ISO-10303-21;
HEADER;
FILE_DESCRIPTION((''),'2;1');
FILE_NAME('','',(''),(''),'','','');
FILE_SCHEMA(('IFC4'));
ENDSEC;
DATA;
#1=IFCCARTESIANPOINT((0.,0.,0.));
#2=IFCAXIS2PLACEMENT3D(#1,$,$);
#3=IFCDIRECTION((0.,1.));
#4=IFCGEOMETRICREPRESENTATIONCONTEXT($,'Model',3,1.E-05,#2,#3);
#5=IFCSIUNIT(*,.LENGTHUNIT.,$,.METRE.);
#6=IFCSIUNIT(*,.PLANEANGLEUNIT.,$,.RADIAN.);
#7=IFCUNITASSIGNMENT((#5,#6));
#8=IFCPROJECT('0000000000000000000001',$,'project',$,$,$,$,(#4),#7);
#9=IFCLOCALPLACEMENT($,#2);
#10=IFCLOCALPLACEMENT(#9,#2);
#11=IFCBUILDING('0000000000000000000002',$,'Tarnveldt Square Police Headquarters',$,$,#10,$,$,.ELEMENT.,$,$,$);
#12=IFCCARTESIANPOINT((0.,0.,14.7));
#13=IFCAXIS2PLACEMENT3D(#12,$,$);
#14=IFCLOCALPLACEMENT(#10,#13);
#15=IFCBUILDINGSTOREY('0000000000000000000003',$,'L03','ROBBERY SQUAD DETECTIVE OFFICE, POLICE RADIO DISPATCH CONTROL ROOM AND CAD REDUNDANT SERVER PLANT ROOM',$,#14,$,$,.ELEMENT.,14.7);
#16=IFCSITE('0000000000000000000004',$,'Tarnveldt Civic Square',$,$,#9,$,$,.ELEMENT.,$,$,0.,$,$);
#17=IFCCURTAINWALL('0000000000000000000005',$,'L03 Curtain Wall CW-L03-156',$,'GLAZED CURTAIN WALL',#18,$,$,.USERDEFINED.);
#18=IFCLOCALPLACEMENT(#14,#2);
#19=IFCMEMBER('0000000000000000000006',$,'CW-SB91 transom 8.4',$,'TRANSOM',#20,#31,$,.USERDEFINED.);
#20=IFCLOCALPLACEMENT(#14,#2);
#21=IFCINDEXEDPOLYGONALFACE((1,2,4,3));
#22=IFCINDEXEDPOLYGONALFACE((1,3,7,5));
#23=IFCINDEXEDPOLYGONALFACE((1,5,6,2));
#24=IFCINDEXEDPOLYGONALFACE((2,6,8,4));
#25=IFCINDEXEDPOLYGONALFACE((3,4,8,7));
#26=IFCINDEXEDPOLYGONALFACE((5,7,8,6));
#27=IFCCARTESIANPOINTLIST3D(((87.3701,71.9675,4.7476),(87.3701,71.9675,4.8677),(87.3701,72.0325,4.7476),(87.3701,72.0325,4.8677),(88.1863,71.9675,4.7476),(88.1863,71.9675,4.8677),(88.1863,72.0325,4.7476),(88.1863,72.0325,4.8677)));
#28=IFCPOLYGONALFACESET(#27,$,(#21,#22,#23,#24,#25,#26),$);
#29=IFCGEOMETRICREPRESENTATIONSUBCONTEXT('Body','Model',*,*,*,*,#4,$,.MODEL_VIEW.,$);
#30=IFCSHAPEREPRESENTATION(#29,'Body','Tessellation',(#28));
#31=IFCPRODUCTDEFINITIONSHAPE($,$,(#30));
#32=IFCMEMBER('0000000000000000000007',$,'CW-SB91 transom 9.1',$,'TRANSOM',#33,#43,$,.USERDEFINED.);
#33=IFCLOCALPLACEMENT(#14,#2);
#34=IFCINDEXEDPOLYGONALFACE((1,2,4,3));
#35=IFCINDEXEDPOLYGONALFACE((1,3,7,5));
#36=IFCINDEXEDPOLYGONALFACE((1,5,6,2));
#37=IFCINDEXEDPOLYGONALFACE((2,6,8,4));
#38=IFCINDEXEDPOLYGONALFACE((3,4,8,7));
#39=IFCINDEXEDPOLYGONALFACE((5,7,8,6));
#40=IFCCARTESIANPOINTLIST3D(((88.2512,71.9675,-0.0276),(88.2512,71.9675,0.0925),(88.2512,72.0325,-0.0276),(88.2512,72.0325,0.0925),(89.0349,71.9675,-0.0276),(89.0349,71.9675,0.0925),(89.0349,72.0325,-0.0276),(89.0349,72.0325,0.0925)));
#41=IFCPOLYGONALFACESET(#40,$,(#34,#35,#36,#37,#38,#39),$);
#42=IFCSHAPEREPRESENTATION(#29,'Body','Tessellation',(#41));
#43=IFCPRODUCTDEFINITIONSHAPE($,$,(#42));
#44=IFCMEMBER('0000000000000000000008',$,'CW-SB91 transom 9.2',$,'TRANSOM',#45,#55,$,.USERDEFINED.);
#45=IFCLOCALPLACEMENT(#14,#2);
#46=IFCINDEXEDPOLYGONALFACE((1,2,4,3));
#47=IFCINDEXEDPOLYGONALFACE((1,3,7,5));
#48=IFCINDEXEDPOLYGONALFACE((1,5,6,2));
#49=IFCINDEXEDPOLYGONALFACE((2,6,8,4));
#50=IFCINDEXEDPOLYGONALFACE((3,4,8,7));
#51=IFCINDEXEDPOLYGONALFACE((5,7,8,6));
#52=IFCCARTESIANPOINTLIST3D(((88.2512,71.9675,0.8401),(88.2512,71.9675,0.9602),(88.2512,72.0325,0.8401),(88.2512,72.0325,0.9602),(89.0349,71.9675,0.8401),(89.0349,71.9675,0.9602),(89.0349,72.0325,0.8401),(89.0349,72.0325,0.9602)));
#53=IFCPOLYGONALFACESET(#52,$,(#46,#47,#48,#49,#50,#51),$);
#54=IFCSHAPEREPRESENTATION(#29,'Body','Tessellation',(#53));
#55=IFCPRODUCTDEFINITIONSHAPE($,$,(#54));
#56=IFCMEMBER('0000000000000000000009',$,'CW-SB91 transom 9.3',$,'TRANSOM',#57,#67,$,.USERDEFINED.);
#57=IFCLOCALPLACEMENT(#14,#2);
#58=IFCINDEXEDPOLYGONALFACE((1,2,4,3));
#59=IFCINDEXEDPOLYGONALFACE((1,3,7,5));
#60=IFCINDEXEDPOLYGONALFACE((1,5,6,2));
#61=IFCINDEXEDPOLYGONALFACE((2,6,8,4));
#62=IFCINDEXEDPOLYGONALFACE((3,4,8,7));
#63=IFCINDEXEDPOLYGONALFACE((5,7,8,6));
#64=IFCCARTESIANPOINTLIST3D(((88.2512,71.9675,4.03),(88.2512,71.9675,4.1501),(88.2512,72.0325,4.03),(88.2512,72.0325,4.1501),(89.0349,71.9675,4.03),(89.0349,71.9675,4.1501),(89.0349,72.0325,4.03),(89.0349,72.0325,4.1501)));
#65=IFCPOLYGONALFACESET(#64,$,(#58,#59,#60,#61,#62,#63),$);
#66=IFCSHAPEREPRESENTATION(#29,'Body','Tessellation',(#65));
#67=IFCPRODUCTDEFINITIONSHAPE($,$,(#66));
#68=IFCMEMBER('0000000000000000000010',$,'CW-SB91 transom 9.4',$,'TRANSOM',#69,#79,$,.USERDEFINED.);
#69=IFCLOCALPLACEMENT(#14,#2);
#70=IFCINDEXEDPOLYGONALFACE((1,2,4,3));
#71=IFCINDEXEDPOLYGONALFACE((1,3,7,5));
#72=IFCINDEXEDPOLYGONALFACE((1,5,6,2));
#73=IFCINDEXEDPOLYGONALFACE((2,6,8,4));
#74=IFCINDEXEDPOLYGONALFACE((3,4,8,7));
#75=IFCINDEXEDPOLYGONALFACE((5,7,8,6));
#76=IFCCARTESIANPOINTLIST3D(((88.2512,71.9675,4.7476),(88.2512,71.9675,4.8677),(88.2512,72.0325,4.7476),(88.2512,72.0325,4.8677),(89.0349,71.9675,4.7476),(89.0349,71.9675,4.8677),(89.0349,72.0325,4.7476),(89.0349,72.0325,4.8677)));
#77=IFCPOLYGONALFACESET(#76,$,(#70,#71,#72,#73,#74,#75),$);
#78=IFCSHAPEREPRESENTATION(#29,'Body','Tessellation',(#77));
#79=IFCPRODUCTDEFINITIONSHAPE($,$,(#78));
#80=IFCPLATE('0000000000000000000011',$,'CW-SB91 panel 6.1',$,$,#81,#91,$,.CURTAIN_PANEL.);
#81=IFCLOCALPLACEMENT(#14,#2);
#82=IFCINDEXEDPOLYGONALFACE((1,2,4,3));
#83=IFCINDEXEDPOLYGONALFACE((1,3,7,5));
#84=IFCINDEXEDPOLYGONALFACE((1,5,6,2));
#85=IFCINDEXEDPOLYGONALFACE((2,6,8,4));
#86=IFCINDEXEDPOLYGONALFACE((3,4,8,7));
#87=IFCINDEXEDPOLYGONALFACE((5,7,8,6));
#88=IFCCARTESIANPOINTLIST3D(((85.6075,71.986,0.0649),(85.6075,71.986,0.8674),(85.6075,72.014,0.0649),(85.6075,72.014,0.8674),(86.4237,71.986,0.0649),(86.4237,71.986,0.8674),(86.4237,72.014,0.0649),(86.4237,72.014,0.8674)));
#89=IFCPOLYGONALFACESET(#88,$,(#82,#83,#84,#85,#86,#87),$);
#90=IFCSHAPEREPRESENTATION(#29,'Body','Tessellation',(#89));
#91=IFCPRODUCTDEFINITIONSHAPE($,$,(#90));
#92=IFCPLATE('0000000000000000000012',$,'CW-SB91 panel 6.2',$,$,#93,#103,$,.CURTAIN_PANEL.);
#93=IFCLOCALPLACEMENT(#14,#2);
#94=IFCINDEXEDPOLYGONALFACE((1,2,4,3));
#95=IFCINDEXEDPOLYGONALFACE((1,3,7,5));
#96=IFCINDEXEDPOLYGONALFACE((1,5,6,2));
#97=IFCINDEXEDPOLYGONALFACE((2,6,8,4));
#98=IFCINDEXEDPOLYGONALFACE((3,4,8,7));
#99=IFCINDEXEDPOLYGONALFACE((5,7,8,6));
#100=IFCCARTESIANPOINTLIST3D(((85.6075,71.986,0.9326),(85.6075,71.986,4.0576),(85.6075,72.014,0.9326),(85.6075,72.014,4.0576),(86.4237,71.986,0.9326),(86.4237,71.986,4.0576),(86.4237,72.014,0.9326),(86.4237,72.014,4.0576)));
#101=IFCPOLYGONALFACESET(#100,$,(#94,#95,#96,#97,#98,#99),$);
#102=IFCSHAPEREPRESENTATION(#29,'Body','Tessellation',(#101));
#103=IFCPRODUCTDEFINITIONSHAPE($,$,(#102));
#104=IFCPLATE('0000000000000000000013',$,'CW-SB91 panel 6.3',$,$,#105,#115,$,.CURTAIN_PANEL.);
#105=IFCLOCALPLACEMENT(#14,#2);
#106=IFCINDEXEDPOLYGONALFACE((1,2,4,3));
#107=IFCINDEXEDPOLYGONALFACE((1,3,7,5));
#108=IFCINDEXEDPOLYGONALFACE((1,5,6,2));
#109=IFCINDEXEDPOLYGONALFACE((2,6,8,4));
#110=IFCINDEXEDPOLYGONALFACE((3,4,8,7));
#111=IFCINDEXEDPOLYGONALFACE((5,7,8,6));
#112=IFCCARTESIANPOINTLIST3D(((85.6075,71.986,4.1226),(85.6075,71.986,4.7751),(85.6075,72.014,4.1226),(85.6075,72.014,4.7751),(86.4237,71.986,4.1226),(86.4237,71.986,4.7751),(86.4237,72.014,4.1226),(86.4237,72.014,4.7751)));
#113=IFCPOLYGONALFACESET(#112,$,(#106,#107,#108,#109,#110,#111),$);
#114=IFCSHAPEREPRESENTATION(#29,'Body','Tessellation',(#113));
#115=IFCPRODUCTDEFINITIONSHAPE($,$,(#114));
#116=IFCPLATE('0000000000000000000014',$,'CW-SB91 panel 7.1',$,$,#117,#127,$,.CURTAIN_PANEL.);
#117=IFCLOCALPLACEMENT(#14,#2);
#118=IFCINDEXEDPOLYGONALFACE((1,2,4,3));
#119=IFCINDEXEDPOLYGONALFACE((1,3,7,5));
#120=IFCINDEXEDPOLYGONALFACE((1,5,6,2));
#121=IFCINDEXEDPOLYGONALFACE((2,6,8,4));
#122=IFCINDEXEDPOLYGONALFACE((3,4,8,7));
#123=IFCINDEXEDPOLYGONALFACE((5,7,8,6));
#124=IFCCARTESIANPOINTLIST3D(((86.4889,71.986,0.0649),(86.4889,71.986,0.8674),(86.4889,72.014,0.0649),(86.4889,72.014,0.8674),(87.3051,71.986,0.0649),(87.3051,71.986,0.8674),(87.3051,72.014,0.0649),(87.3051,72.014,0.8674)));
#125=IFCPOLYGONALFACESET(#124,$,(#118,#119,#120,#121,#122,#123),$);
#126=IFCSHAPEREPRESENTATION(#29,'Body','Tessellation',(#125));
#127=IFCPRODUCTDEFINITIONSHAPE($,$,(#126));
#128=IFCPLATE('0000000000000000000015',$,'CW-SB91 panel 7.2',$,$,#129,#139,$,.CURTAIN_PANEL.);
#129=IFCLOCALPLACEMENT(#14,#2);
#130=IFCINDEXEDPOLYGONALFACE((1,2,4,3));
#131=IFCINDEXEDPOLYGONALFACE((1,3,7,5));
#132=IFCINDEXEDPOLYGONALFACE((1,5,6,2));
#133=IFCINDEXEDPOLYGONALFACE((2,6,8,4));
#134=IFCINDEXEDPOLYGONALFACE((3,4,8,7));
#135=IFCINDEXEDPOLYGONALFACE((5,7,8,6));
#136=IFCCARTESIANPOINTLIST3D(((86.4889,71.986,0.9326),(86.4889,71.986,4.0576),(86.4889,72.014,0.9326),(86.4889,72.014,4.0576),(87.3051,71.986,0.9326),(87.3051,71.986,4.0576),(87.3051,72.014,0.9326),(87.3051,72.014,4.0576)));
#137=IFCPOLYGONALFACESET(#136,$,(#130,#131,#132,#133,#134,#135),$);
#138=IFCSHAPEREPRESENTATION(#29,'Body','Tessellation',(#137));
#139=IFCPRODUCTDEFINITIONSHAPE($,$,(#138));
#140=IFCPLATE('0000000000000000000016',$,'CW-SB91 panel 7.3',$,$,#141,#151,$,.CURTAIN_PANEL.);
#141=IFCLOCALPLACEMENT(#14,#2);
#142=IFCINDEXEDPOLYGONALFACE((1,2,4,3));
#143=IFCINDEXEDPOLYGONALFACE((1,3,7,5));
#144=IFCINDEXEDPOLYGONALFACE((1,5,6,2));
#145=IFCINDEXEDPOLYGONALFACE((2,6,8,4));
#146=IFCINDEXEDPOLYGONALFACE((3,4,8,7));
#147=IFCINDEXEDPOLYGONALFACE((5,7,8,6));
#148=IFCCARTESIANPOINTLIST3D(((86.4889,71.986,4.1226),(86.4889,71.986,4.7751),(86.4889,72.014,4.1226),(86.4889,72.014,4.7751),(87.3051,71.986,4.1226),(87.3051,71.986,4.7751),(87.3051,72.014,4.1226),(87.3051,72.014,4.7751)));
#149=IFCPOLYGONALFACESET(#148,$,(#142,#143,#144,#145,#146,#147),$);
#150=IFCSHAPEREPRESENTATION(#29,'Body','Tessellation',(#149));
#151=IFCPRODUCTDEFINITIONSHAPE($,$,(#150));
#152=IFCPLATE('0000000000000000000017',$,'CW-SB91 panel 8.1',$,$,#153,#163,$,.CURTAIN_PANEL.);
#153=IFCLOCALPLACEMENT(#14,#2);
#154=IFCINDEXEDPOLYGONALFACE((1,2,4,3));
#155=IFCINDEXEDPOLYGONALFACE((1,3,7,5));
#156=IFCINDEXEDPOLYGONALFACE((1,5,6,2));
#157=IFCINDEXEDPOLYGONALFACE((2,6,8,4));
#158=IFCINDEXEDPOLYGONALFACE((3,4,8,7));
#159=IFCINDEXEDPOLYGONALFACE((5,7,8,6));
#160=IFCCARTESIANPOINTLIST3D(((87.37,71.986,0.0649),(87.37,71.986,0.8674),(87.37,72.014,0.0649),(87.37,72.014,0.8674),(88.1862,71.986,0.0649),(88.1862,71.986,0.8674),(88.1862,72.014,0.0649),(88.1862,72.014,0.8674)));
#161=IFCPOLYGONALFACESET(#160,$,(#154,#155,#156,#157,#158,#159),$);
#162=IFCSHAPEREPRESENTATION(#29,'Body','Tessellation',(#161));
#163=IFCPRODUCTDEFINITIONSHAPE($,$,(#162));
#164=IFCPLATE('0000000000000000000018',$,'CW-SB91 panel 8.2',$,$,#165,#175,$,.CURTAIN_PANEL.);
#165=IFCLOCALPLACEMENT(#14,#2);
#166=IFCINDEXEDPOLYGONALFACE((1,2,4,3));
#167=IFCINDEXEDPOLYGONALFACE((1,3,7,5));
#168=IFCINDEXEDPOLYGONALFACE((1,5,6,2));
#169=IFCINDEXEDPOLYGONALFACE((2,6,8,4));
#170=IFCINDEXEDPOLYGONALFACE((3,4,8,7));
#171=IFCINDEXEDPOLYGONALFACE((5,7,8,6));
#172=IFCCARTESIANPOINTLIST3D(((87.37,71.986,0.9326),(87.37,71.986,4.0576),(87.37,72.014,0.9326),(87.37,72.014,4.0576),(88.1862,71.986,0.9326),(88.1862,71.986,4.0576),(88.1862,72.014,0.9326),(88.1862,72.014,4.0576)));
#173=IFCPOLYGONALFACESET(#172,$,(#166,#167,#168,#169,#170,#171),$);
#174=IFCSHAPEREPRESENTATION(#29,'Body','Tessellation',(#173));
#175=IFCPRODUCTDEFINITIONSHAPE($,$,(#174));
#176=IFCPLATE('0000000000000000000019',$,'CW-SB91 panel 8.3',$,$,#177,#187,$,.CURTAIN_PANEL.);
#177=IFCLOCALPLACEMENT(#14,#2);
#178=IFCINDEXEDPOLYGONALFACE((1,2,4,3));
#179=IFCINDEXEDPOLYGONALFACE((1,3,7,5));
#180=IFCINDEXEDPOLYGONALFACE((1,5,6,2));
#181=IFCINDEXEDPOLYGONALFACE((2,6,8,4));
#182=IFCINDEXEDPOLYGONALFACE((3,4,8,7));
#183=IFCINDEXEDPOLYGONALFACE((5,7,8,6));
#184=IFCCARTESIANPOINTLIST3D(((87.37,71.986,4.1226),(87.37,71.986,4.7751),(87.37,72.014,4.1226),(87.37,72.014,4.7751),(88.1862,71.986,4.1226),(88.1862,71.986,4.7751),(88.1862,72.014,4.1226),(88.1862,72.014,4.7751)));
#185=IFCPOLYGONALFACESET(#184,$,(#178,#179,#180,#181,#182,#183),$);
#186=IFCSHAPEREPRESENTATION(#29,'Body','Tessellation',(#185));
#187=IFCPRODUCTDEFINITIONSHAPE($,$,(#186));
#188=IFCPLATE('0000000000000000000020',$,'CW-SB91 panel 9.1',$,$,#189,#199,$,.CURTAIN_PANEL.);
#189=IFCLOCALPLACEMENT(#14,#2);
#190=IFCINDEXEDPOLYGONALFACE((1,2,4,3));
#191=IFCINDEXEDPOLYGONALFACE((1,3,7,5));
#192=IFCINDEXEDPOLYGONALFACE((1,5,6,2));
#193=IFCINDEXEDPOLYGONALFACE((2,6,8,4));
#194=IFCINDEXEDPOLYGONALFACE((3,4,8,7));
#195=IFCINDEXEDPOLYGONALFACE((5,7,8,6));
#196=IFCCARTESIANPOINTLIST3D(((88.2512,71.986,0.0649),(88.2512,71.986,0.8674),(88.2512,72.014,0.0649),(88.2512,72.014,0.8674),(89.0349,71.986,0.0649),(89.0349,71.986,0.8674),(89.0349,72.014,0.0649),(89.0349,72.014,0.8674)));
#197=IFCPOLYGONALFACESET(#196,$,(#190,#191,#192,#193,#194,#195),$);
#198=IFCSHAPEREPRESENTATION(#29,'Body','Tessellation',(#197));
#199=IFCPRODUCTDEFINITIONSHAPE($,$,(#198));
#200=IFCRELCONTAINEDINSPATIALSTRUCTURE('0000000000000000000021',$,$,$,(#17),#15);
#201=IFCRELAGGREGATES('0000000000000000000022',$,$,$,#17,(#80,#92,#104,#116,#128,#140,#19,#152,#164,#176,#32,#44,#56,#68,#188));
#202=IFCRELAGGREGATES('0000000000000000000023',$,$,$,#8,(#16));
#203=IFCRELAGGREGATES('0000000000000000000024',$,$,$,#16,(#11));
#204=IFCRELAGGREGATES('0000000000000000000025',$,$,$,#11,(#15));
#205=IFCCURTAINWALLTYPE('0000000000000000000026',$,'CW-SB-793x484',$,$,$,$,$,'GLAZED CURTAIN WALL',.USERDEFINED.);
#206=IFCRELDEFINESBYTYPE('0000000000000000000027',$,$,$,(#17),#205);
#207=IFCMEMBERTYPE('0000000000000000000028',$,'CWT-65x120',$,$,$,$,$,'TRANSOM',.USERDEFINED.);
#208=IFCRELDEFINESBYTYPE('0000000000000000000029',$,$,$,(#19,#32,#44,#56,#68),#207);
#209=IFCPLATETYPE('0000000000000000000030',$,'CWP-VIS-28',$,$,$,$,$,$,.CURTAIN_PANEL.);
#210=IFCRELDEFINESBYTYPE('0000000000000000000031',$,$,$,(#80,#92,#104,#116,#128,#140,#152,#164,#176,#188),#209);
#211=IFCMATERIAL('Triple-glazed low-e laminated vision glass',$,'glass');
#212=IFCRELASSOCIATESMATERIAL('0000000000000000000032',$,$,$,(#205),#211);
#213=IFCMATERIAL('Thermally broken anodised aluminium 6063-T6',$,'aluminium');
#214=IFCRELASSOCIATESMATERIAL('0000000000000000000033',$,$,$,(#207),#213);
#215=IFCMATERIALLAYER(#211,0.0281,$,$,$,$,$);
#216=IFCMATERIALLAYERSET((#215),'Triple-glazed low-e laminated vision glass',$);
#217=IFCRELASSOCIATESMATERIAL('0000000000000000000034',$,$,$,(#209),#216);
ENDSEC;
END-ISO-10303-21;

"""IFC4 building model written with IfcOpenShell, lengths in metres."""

from ifc_helpers import new_model, si_unit, direction, frame, origin, origin_2d, place, context, subcontext, project, spatial, rectangle, extrude, material, layer, layer_set, material_profile, profile_set, type_object, element, aggregate, save


model = new_model("IFC4")

# Units and contexts
model_context = context("Model", 3, precision=1e-05, world=origin(), true_north=direction((0.0, 1.0)))
body_context = subcontext(model_context, "Body", "Model", "MODEL_VIEW")
ifc_project = project(units=[si_unit("LENGTHUNIT", "METRE"), si_unit("PLANEANGLEUNIT", "RADIAN")], contexts=[model_context])

# Site, building, storey
site_placement = place(None, origin())
site = spatial("IfcSite", under=ifc_project, at=site_placement, Name="Tarnveldt Civic Square", CompositionType="ELEMENT", RefElevation=0.0)
building_placement = place(site_placement, origin())
building = spatial("IfcBuilding", under=site, at=building_placement, Name="Tarnveldt Square Police Headquarters", CompositionType="ELEMENT")
storey_placement = place(building_placement, frame((0.0, 0.0, 14.7)))
storey = spatial("IfcBuildingStorey", under=building, at=storey_placement, Name="L03", Description="ROBBERY SQUAD DETECTIVE OFFICE, POLICE RADIO DISPATCH CONTROL ROOM AND CAD REDUNDANT SERVER PLANT ROOM", CompositionType="ELEMENT", Elevation=14.7)

# Curtain wall, members, plates
ifc_material_1 = material(Name="Triple-glazed low-e laminated vision glass", Category="glass")
curtain_wall_type = type_object("IfcCurtainWallType", Name="CW-SB-793x484", ElementType="GLAZED CURTAIN WALL", PredefinedType="USERDEFINED", material=ifc_material_1)
curtain_wall_placement = place(storey_placement, origin())
curtain_wall = element("IfcCurtainWall", 1, at=curtain_wall_placement, inside=storey, type_object=curtain_wall_type, Name="L03 Curtain Wall CW-L03-156", ObjectType="GLAZED CURTAIN WALL", PredefinedType="USERDEFINED")
ifc_material_2 = material(Name="Thermally broken anodised aluminium 6063-T6", Category="aluminium")
ifc_material_profile_1 = material_profile(ifc_material_2, rectangle(XDim=0.0649, YDim=0.1201, at=origin_2d()), Name="CW-T65x120")
ifc_profile_set_1 = profile_set([ifc_material_profile_1], Name="Thermally broken anodised aluminium 6063-T6")
member_type_1 = type_object("IfcMemberType", Name="CWT-65x120", ElementType="TRANSOM", PredefinedType="USERDEFINED", material=ifc_profile_set_1)
member_1_placement = place(storey_placement, frame((87.3701, 72.0, 4.8076), z_axis=(1.0, 0.0, 0.0), x_axis=(0.0, 1.0, 0.0)))
member_1 = element("IfcMember", 2, at=member_1_placement, type_object=member_type_1, Name="CW-SB91 transom 8.4", ObjectType="TRANSOM", PredefinedType="USERDEFINED", context=body_context, shape_type="SweptSolid", body=[
    extrude(rectangle(XDim=0.0649, YDim=0.1201, at=origin_2d()), origin(), (0.0, 0.0, 1.0), 0.8162),
])
member_2_placement = place(storey_placement, frame((88.2512, 72.0, 0.0325), z_axis=(1.0, 0.0, 0.0), x_axis=(0.0, 1.0, 0.0)))
member_2 = element("IfcMember", 3, at=member_2_placement, type_object=member_type_1, Name="CW-SB91 transom 9.1", ObjectType="TRANSOM", PredefinedType="USERDEFINED", context=body_context, shape_type="SweptSolid", body=[
    extrude(rectangle(XDim=0.0649, YDim=0.1201, at=origin_2d()), origin(), (0.0, 0.0, 1.0), 0.7837),
])
member_3_placement = place(storey_placement, frame((88.2512, 72.0, 0.9001), z_axis=(1.0, 0.0, 0.0), x_axis=(0.0, 1.0, 0.0)))
member_3 = element("IfcMember", 4, at=member_3_placement, type_object=member_type_1, Name="CW-SB91 transom 9.2", ObjectType="TRANSOM", PredefinedType="USERDEFINED", context=body_context, shape_type="SweptSolid", body=[
    extrude(rectangle(XDim=0.0649, YDim=0.1201, at=origin_2d()), origin(), (0.0, 0.0, 1.0), 0.7837),
])
member_4_placement = place(storey_placement, frame((88.2512, 72.0, 4.0901), z_axis=(1.0, 0.0, 0.0), x_axis=(0.0, 1.0, 0.0)))
member_4 = element("IfcMember", 5, at=member_4_placement, type_object=member_type_1, Name="CW-SB91 transom 9.3", ObjectType="TRANSOM", PredefinedType="USERDEFINED", context=body_context, shape_type="SweptSolid", body=[
    extrude(rectangle(XDim=0.0649, YDim=0.1201, at=origin_2d()), origin(), (0.0, 0.0, 1.0), 0.7837),
])
member_5_placement = place(storey_placement, frame((88.2512, 72.0, 4.8076), z_axis=(1.0, 0.0, 0.0), x_axis=(0.0, 1.0, 0.0)))
member_5 = element("IfcMember", 6, at=member_5_placement, type_object=member_type_1, Name="CW-SB91 transom 9.4", ObjectType="TRANSOM", PredefinedType="USERDEFINED", context=body_context, shape_type="SweptSolid", body=[
    extrude(rectangle(XDim=0.0649, YDim=0.1201, at=origin_2d()), origin(), (0.0, 0.0, 1.0), 0.7837),
])
ifc_layer = layer(ifc_material_1, 0.0281)
ifc_layer_set = layer_set([ifc_layer], Name="Triple-glazed low-e laminated vision glass")
plate_type = type_object("IfcPlateType", Name="CWP-VIS-28", PredefinedType="CURTAIN_PANEL", material=ifc_layer_set)
plate_1_placement = place(storey_placement, frame((86.0156, 72.0, 0.0649), z_axis=(0.0, 0.0, 1.0), x_axis=(1.0, 0.0, 0.0)))
plate_1 = element("IfcPlate", 7, at=plate_1_placement, type_object=plate_type, Name="CW-SB91 panel 6.1", PredefinedType="CURTAIN_PANEL", context=body_context, shape_type="SweptSolid", body=[
    extrude(rectangle(XDim=0.8162, YDim=0.0281, at=origin_2d()), origin(), (0.0, 0.0, 1.0), 0.8025),
])
plate_2_placement = place(storey_placement, frame((86.0156, 72.0, 0.9326), z_axis=(0.0, 0.0, 1.0), x_axis=(1.0, 0.0, 0.0)))
plate_2 = element("IfcPlate", 8, at=plate_2_placement, type_object=plate_type, Name="CW-SB91 panel 6.2", PredefinedType="CURTAIN_PANEL", context=body_context, shape_type="SweptSolid", body=[
    extrude(rectangle(XDim=0.8162, YDim=0.0281, at=origin_2d()), origin(), (0.0, 0.0, 1.0), 3.125),
])
plate_3_placement = place(storey_placement, frame((86.0156, 72.0, 4.1226), z_axis=(0.0, 0.0, 1.0), x_axis=(1.0, 0.0, 0.0)))
plate_3 = element("IfcPlate", 9, at=plate_3_placement, type_object=plate_type, Name="CW-SB91 panel 6.3", PredefinedType="CURTAIN_PANEL", context=body_context, shape_type="SweptSolid", body=[
    extrude(rectangle(XDim=0.8162, YDim=0.0281, at=origin_2d()), origin(), (0.0, 0.0, 1.0), 0.6526),
])
plate_4_placement = place(storey_placement, frame((86.897, 72.0, 0.0649), z_axis=(0.0, 0.0, 1.0), x_axis=(1.0, 0.0, 0.0)))
plate_4 = element("IfcPlate", 10, at=plate_4_placement, type_object=plate_type, Name="CW-SB91 panel 7.1", PredefinedType="CURTAIN_PANEL", context=body_context, shape_type="SweptSolid", body=[
    extrude(rectangle(XDim=0.8162, YDim=0.0281, at=origin_2d()), origin(), (0.0, 0.0, 1.0), 0.8025),
])
plate_5_placement = place(storey_placement, frame((86.897, 72.0, 0.9326), z_axis=(0.0, 0.0, 1.0), x_axis=(1.0, 0.0, 0.0)))
plate_5 = element("IfcPlate", 11, at=plate_5_placement, type_object=plate_type, Name="CW-SB91 panel 7.2", PredefinedType="CURTAIN_PANEL", context=body_context, shape_type="SweptSolid", body=[
    extrude(rectangle(XDim=0.8162, YDim=0.0281, at=origin_2d()), origin(), (0.0, 0.0, 1.0), 3.125),
])
plate_6_placement = place(storey_placement, frame((86.897, 72.0, 4.1226), z_axis=(0.0, 0.0, 1.0), x_axis=(1.0, 0.0, 0.0)))
plate_6 = element("IfcPlate", 12, at=plate_6_placement, type_object=plate_type, Name="CW-SB91 panel 7.3", PredefinedType="CURTAIN_PANEL", context=body_context, shape_type="SweptSolid", body=[
    extrude(rectangle(XDim=0.8162, YDim=0.0281, at=origin_2d()), origin(), (0.0, 0.0, 1.0), 0.6526),
])
plate_7_placement = place(storey_placement, frame((87.7781, 72.0, 0.0649), z_axis=(0.0, 0.0, 1.0), x_axis=(1.0, 0.0, 0.0)))
plate_7 = element("IfcPlate", 13, at=plate_7_placement, type_object=plate_type, Name="CW-SB91 panel 8.1", PredefinedType="CURTAIN_PANEL", context=body_context, shape_type="SweptSolid", body=[
    extrude(rectangle(XDim=0.8162, YDim=0.0281, at=origin_2d()), origin(), (0.0, 0.0, 1.0), 0.8025),
])
plate_8_placement = place(storey_placement, frame((87.7781, 72.0, 0.9326), z_axis=(0.0, 0.0, 1.0), x_axis=(1.0, 0.0, 0.0)))
plate_8 = element("IfcPlate", 14, at=plate_8_placement, type_object=plate_type, Name="CW-SB91 panel 8.2", PredefinedType="CURTAIN_PANEL", context=body_context, shape_type="SweptSolid", body=[
    extrude(rectangle(XDim=0.8162, YDim=0.0281, at=origin_2d()), origin(), (0.0, 0.0, 1.0), 3.125),
])
plate_9_placement = place(storey_placement, frame((87.7781, 72.0, 4.1226), z_axis=(0.0, 0.0, 1.0), x_axis=(1.0, 0.0, 0.0)))
plate_9 = element("IfcPlate", 15, at=plate_9_placement, type_object=plate_type, Name="CW-SB91 panel 8.3", PredefinedType="CURTAIN_PANEL", context=body_context, shape_type="SweptSolid", body=[
    extrude(rectangle(XDim=0.8162, YDim=0.0281, at=origin_2d()), origin(), (0.0, 0.0, 1.0), 0.6526),
])
plate_10_placement = place(storey_placement, frame((88.6431, 72.0, 0.0649), z_axis=(0.0, 0.0, 1.0), x_axis=(1.0, 0.0, 0.0)))
plate_10 = element("IfcPlate", 16, at=plate_10_placement, type_object=plate_type, Name="CW-SB91 panel 9.1", PredefinedType="CURTAIN_PANEL", context=body_context, shape_type="SweptSolid", body=[
    extrude(rectangle(XDim=0.7837, YDim=0.0281, at=origin_2d()), origin(), (0.0, 0.0, 1.0), 0.8025),
])
aggregate(curtain_wall, [plate_1, plate_2, plate_3, plate_4, plate_5, plate_6, member_1, plate_7, plate_8, plate_9, member_2, member_3, member_4, member_5, plate_10])

save(model, "model.ifc")
